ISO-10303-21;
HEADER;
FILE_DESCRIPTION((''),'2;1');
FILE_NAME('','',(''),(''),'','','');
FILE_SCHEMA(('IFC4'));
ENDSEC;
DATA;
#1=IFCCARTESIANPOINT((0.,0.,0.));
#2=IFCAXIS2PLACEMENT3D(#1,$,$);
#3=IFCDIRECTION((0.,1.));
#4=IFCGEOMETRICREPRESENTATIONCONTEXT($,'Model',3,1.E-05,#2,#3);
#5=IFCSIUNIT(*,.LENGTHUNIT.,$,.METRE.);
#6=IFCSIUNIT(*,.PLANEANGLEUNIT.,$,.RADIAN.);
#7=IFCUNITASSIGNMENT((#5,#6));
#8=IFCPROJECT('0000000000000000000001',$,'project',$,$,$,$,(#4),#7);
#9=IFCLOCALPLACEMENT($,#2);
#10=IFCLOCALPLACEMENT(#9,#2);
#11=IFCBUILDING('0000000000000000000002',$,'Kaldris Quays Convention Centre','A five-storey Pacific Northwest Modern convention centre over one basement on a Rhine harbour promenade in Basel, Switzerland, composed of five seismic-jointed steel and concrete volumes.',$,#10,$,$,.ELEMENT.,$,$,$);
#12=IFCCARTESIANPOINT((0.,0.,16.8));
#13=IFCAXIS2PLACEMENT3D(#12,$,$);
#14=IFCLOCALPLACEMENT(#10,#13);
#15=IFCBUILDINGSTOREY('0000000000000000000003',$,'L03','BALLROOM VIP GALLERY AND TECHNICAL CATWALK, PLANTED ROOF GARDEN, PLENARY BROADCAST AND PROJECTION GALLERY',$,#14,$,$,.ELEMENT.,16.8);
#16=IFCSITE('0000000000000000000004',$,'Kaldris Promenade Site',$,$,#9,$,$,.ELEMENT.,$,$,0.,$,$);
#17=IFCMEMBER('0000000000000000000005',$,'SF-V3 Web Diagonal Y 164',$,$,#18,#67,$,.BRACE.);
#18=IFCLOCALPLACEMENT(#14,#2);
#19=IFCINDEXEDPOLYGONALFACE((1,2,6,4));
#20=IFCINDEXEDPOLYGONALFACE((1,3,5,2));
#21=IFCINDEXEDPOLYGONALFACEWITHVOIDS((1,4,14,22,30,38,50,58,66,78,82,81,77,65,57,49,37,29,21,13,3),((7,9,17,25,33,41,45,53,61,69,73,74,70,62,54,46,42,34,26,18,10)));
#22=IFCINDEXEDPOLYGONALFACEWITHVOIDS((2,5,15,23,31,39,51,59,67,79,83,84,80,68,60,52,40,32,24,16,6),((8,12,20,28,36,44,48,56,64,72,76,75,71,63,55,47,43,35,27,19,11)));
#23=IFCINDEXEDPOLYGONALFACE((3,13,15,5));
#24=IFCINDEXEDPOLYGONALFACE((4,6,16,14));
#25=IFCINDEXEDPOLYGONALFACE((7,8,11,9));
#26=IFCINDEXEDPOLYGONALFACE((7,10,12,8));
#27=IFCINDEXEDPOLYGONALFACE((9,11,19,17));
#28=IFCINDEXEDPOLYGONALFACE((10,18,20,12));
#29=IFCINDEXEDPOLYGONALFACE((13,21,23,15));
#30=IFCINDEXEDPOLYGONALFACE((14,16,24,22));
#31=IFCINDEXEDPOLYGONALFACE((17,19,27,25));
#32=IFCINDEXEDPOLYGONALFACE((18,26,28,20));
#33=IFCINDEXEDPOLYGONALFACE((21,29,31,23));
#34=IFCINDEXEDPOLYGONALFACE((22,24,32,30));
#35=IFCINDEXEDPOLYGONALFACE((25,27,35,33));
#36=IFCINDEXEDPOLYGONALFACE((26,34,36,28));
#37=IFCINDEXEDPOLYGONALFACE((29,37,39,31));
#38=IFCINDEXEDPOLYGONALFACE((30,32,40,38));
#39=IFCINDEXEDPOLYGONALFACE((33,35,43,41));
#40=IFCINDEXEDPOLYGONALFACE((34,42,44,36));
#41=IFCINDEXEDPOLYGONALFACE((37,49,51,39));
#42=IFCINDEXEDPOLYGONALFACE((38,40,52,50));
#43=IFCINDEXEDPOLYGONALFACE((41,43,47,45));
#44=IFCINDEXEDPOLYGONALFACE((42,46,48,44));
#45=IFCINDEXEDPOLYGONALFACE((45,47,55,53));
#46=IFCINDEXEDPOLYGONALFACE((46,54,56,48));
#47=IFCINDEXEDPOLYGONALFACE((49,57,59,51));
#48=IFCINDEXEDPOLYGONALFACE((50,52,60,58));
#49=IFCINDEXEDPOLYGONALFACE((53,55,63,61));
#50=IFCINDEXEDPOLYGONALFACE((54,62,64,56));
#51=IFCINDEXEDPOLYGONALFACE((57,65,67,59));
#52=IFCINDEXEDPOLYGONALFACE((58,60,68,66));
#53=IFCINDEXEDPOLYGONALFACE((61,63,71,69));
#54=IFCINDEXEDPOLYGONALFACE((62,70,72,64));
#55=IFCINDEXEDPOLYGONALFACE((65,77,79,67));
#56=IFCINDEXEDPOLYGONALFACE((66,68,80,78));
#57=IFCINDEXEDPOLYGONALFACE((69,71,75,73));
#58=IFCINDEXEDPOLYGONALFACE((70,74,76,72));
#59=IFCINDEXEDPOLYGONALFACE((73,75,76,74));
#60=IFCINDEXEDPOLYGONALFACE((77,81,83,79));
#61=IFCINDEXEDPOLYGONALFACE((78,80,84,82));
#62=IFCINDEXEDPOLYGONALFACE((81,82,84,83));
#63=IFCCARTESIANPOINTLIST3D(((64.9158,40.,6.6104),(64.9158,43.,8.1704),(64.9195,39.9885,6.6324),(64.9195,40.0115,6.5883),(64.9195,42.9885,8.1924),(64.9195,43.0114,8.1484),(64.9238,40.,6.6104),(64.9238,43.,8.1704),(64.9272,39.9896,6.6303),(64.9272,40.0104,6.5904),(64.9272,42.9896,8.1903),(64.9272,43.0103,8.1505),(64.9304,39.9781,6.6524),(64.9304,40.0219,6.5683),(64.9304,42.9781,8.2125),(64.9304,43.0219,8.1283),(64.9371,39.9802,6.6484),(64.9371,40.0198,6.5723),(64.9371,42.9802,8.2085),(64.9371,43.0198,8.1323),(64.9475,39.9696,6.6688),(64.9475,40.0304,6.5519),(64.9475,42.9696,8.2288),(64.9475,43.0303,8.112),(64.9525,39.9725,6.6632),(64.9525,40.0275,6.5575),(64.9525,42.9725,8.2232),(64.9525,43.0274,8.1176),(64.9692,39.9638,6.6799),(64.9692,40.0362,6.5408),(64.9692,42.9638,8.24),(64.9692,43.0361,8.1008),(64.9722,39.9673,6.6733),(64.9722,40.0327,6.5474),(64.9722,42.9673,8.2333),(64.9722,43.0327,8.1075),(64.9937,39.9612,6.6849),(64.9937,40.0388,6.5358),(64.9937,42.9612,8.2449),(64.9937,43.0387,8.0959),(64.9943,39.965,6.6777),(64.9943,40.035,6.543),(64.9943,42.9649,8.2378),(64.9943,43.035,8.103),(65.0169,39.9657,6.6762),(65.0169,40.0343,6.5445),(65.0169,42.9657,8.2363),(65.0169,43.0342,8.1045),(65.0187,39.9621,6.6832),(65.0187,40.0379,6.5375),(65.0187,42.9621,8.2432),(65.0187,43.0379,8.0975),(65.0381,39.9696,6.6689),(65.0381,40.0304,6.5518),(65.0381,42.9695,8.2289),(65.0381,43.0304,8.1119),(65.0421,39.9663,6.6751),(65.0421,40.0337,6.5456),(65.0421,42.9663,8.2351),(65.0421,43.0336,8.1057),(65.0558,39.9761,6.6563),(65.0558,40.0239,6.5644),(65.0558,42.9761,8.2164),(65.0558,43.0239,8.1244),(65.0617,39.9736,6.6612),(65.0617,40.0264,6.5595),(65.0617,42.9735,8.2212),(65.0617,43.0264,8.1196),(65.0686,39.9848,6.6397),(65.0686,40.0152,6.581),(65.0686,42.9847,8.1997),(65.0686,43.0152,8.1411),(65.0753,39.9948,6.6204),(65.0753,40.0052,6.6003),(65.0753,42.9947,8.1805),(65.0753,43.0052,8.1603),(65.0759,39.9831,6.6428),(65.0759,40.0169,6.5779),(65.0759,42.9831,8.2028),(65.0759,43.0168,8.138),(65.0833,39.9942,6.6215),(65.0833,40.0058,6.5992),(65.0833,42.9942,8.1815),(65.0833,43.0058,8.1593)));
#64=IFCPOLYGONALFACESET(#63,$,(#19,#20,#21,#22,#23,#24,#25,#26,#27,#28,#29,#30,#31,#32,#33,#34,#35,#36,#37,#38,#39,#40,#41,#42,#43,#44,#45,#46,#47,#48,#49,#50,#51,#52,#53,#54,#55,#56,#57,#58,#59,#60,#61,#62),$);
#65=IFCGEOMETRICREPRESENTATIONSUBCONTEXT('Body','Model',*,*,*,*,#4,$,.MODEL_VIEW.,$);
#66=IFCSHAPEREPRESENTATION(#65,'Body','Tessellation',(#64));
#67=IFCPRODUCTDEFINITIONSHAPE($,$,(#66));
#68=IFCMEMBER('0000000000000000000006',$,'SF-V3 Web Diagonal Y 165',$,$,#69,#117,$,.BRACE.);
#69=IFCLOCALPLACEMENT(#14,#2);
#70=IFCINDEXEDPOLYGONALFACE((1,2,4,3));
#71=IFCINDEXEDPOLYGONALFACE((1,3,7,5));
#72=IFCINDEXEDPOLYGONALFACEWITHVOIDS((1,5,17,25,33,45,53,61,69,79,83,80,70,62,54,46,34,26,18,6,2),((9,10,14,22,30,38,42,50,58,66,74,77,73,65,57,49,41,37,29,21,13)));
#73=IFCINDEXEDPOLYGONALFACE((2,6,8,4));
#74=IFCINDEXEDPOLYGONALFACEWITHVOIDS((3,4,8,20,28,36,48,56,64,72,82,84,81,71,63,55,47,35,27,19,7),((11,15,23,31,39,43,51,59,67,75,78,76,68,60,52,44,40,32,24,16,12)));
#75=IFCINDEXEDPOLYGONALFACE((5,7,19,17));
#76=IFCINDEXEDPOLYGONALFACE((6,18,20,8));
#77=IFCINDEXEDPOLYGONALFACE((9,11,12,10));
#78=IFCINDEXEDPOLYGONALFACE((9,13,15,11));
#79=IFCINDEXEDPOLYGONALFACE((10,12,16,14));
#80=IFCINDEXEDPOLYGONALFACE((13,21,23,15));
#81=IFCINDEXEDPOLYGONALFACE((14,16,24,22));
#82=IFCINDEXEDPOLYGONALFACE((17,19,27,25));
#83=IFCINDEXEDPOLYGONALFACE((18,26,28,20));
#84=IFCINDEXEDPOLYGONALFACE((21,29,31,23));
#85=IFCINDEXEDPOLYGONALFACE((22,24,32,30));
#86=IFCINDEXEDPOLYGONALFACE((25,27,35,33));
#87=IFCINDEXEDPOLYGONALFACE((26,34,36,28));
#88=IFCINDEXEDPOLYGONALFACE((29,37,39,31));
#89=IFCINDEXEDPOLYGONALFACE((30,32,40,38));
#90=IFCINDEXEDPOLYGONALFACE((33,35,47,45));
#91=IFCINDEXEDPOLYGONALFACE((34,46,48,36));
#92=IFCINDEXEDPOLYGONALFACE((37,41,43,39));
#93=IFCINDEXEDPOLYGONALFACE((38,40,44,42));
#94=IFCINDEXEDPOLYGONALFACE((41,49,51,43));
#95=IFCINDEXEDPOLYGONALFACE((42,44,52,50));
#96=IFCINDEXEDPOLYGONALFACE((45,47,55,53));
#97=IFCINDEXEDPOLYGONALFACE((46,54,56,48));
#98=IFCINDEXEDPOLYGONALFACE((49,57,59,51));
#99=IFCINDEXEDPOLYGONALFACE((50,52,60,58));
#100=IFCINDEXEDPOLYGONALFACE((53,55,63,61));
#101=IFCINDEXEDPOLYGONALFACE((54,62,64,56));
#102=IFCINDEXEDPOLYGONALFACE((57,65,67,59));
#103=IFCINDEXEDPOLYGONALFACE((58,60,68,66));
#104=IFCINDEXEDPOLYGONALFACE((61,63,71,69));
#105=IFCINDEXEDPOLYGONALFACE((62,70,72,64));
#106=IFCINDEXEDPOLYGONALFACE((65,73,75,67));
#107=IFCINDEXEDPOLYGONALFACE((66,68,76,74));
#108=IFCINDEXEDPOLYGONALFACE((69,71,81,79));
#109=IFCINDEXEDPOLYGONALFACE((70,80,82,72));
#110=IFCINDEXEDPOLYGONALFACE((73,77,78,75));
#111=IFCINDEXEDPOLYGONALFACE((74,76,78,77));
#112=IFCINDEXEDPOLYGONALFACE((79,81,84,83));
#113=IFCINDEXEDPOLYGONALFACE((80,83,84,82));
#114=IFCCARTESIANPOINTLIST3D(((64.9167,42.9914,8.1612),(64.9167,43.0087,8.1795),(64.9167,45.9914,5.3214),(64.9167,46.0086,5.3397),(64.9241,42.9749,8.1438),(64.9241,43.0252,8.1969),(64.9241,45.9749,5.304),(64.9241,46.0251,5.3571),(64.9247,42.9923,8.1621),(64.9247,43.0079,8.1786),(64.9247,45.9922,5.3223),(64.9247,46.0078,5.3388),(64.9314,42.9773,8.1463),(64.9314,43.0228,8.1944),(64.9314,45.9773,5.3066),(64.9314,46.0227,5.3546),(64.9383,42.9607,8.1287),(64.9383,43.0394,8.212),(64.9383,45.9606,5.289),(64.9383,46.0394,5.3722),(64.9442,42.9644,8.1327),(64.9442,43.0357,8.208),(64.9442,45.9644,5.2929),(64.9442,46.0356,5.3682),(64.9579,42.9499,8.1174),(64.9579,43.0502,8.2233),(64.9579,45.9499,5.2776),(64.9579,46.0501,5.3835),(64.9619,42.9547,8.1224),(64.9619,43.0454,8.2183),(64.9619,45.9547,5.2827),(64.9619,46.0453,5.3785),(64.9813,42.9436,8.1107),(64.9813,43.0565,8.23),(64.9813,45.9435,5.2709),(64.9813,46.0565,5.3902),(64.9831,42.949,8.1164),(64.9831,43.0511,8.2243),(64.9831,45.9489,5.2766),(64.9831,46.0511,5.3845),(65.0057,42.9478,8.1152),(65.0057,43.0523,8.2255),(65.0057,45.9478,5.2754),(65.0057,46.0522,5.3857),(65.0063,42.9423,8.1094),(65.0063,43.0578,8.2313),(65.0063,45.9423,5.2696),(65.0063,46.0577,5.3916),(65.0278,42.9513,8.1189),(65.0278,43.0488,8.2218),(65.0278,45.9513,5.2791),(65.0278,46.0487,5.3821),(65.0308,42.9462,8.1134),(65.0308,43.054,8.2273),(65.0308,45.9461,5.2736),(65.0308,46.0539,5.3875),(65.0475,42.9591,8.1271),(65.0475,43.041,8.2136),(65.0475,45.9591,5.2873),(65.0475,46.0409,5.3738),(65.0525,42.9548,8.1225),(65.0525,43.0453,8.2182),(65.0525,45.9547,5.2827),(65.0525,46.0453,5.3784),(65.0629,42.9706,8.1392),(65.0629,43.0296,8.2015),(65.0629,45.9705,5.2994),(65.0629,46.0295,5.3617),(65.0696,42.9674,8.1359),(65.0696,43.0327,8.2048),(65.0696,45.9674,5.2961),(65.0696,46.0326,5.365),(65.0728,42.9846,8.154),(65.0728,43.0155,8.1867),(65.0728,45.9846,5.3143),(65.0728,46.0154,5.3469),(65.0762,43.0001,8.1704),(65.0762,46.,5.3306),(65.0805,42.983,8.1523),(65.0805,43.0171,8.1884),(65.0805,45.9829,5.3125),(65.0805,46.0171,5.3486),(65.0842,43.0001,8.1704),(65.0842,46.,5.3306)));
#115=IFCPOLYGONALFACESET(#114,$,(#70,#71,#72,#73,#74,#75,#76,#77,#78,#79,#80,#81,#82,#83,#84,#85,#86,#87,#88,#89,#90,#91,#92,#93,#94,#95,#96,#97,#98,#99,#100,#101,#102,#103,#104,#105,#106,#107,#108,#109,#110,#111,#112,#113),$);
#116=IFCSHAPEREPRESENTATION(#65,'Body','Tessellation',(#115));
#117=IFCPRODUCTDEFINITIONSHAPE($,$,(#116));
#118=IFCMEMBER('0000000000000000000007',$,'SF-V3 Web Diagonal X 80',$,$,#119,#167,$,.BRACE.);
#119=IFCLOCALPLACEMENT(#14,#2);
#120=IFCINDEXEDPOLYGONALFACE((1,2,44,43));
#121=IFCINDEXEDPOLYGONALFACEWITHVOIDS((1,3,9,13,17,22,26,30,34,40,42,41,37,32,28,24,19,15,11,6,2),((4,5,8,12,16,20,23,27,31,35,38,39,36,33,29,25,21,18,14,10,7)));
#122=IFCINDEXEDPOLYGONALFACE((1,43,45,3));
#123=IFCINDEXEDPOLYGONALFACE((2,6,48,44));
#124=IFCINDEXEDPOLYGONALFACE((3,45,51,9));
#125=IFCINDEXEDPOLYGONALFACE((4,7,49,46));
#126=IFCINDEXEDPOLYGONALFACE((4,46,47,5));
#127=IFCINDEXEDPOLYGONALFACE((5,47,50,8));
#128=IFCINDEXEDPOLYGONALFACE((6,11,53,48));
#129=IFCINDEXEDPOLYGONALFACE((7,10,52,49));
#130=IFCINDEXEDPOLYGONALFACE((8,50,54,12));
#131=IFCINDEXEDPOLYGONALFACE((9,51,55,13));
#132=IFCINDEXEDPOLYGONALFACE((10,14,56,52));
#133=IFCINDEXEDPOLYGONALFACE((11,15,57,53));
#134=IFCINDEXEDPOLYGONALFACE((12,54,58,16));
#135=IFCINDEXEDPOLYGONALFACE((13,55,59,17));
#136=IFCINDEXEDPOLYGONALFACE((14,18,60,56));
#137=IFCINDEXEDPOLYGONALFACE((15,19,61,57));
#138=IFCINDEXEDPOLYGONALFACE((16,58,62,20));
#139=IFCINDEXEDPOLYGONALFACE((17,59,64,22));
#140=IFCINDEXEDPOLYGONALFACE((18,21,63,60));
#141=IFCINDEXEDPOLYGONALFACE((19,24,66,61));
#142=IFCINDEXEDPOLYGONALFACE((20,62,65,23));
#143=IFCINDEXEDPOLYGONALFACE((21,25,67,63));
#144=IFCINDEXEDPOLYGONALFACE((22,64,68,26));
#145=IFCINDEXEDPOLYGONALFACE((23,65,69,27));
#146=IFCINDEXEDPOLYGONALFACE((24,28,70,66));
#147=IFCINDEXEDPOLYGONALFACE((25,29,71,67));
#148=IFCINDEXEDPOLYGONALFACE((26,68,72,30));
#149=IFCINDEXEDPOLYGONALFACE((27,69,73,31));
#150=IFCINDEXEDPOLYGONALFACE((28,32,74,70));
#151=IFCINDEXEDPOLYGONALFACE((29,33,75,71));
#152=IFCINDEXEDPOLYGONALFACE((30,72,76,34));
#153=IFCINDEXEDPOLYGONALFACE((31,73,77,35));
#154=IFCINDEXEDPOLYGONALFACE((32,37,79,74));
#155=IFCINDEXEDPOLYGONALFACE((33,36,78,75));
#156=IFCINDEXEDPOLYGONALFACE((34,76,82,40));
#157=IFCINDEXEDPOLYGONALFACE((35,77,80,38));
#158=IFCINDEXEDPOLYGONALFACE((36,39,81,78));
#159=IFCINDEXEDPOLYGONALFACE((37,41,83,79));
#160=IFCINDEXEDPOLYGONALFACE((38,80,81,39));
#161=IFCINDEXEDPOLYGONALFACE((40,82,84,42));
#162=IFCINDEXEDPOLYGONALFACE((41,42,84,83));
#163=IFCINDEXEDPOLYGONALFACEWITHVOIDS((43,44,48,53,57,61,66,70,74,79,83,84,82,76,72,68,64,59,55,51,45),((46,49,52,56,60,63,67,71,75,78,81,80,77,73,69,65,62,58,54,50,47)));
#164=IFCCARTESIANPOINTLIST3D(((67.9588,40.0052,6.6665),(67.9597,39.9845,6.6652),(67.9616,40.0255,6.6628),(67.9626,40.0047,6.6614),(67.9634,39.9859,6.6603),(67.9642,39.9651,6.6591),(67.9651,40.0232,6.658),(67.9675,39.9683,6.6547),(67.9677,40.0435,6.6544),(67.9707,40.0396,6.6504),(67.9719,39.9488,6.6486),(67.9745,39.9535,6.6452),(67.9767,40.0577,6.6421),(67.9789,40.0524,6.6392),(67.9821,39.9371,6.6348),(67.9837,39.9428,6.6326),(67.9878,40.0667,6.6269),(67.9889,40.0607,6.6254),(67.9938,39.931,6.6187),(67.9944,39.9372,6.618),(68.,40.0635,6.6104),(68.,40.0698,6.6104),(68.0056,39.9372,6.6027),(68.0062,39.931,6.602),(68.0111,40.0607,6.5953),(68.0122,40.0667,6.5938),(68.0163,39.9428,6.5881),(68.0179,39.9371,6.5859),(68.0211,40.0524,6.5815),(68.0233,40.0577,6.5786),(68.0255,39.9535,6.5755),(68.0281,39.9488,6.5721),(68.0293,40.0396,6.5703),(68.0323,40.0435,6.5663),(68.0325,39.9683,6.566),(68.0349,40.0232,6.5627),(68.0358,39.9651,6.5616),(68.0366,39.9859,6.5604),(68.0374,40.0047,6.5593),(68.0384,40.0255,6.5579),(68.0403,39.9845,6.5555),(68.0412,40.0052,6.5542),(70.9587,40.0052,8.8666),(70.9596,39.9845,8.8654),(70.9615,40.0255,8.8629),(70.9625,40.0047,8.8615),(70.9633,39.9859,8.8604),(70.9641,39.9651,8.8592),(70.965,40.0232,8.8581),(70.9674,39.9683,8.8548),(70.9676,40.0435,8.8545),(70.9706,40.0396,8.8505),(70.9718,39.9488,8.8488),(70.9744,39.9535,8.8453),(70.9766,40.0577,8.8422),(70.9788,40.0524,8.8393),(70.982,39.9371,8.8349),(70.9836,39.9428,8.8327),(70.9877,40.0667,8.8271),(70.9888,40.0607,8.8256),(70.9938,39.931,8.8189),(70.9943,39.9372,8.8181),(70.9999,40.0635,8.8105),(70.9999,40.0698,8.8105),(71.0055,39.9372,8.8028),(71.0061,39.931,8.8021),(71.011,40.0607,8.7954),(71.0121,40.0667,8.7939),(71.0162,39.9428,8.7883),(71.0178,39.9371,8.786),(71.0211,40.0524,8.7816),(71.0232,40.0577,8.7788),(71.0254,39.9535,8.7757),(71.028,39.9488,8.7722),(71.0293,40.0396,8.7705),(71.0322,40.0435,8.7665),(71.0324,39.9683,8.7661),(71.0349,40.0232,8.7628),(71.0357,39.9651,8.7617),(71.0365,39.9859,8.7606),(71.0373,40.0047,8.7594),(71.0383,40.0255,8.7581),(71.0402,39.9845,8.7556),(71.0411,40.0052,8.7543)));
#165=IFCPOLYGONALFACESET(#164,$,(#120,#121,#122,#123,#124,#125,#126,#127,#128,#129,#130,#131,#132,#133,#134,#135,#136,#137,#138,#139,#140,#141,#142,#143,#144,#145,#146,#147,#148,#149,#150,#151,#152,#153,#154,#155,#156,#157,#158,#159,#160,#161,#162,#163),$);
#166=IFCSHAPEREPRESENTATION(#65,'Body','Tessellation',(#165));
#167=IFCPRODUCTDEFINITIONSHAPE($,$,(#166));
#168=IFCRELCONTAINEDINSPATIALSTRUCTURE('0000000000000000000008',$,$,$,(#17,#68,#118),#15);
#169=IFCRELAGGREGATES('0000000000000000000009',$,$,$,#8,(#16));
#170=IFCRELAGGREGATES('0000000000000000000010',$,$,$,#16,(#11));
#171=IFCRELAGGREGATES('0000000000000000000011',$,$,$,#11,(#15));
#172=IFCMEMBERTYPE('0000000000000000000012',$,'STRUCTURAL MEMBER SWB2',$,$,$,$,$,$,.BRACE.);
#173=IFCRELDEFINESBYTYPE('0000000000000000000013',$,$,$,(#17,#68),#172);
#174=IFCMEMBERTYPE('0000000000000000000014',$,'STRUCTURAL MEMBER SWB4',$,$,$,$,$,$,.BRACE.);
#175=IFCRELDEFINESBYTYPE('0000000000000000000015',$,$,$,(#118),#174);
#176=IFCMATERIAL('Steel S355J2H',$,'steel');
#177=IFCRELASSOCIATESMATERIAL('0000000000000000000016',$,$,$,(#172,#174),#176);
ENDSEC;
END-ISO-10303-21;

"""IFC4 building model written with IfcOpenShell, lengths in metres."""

from ifc_helpers import new_model, si_unit, direction, frame, origin, origin_2d, place, context, subcontext, project, spatial, hollow_circle, extrude, material, material_profile, profile_set, type_object, element, save


model = new_model("IFC4")

# Units and contexts
model_context = context("Model", 3, precision=1e-05, world=origin(), true_north=direction((0.0, 1.0)))
body_context = subcontext(model_context, "Body", "Model", "MODEL_VIEW")
ifc_project = project(units=[si_unit("LENGTHUNIT", "METRE"), si_unit("PLANEANGLEUNIT", "RADIAN")], contexts=[model_context])

# Site, building, storey
site_placement = place(None, origin())
site = spatial("IfcSite", under=ifc_project, at=site_placement, Name="Kaldris Promenade Site", CompositionType="ELEMENT", RefElevation=0.0)
building_placement = place(site_placement, origin())
building = spatial("IfcBuilding", under=site, at=building_placement, Name="Kaldris Quays Convention Centre", Description="A five-storey Pacific Northwest Modern convention centre over one basement on a Rhine harbour promenade in Basel, Switzerland, composed of five seismic-jointed steel and concrete volumes.", CompositionType="ELEMENT")
storey_placement = place(building_placement, frame((0.0, 0.0, 16.8)))
storey = spatial("IfcBuildingStorey", under=building, at=storey_placement, Name="L03", Description="BALLROOM VIP GALLERY AND TECHNICAL CATWALK, PLANTED ROOF GARDEN, PLENARY BROADCAST AND PROJECTION GALLERY", CompositionType="ELEMENT", Elevation=16.8)

# Members
ifc_material_1 = material(Name="Steel S355J2H", Category="steel")
ifc_material_profile_1 = material_profile(ifc_material_1, hollow_circle(Radius=0.0842, WallThickness=0.0081, at=origin_2d()), Name="CHS 168.3x8")
ifc_profile_set_1 = profile_set([ifc_material_profile_1], Name="Steel S355J2H")
member_type_1 = type_object("IfcMemberType", Name="STRUCTURAL MEMBER SWB2", PredefinedType="BRACE", material=ifc_profile_set_1)
member_1_placement = place(storey_placement, frame((65.0, 40.0, 6.6104), z_axis=(0.0, 0.88721, 0.461366), x_axis=(-1.0, 0.0, 0.0)))
element("IfcMember", 1, at=member_1_placement, inside=storey, type_object=member_type_1, Name="SF-V3 Web Diagonal Y 164", PredefinedType="BRACE", context=body_context, shape_type="SweptSolid", body=[
    extrude(hollow_circle(Radius=0.0842, WallThickness=0.0081, at=origin_2d()), origin(), (0.0, 0.0, 1.0), 3.3813),
])
member_2_placement = place(storey_placement, frame((65.0, 46.0, 5.3306), z_axis=(0.0, -0.726226, 0.687456), x_axis=(1.0, 0.0, 0.0)))
element("IfcMember", 2, at=member_2_placement, inside=storey, type_object=member_type_1, Name="SF-V3 Web Diagonal Y 165", PredefinedType="BRACE", context=body_context, shape_type="SweptSolid", body=[
    extrude(hollow_circle(Radius=0.0842, WallThickness=0.0081, at=origin_2d()), origin(), (0.0, 0.0, 1.0), 4.1309),
])
ifc_material_profile_2 = material_profile(ifc_material_1, hollow_circle(Radius=0.0698, WallThickness=0.0063, at=origin_2d()), Name="CHS 139.7x6.3")
ifc_profile_set_2 = profile_set([ifc_material_profile_2], Name="Steel S355J2H")
member_type_2 = type_object("IfcMemberType", Name="STRUCTURAL MEMBER SWB4", PredefinedType="BRACE", material=ifc_profile_set_2)
for number, where, z_axis, x_axis, name in (
    (3, (68.0, 40.0, 6.6104), (0.80638, 0.0, 0.591398), (0.0, 1.0, 0.0), "SF-V3 Web Diagonal X 80"),
):
    element("IfcMember", number, at=place(storey_placement, frame(where, z_axis=z_axis, x_axis=x_axis)), inside=storey, type_object=member_type_2, Name=name, PredefinedType="BRACE", context=body_context, shape_type="SweptSolid", body=[
        extrude(hollow_circle(Radius=0.0698, WallThickness=0.0063, at=origin_2d()), origin(), (0.0, 0.0, 1.0), 3.7202),
    ])

save(model, "model.ifc")
